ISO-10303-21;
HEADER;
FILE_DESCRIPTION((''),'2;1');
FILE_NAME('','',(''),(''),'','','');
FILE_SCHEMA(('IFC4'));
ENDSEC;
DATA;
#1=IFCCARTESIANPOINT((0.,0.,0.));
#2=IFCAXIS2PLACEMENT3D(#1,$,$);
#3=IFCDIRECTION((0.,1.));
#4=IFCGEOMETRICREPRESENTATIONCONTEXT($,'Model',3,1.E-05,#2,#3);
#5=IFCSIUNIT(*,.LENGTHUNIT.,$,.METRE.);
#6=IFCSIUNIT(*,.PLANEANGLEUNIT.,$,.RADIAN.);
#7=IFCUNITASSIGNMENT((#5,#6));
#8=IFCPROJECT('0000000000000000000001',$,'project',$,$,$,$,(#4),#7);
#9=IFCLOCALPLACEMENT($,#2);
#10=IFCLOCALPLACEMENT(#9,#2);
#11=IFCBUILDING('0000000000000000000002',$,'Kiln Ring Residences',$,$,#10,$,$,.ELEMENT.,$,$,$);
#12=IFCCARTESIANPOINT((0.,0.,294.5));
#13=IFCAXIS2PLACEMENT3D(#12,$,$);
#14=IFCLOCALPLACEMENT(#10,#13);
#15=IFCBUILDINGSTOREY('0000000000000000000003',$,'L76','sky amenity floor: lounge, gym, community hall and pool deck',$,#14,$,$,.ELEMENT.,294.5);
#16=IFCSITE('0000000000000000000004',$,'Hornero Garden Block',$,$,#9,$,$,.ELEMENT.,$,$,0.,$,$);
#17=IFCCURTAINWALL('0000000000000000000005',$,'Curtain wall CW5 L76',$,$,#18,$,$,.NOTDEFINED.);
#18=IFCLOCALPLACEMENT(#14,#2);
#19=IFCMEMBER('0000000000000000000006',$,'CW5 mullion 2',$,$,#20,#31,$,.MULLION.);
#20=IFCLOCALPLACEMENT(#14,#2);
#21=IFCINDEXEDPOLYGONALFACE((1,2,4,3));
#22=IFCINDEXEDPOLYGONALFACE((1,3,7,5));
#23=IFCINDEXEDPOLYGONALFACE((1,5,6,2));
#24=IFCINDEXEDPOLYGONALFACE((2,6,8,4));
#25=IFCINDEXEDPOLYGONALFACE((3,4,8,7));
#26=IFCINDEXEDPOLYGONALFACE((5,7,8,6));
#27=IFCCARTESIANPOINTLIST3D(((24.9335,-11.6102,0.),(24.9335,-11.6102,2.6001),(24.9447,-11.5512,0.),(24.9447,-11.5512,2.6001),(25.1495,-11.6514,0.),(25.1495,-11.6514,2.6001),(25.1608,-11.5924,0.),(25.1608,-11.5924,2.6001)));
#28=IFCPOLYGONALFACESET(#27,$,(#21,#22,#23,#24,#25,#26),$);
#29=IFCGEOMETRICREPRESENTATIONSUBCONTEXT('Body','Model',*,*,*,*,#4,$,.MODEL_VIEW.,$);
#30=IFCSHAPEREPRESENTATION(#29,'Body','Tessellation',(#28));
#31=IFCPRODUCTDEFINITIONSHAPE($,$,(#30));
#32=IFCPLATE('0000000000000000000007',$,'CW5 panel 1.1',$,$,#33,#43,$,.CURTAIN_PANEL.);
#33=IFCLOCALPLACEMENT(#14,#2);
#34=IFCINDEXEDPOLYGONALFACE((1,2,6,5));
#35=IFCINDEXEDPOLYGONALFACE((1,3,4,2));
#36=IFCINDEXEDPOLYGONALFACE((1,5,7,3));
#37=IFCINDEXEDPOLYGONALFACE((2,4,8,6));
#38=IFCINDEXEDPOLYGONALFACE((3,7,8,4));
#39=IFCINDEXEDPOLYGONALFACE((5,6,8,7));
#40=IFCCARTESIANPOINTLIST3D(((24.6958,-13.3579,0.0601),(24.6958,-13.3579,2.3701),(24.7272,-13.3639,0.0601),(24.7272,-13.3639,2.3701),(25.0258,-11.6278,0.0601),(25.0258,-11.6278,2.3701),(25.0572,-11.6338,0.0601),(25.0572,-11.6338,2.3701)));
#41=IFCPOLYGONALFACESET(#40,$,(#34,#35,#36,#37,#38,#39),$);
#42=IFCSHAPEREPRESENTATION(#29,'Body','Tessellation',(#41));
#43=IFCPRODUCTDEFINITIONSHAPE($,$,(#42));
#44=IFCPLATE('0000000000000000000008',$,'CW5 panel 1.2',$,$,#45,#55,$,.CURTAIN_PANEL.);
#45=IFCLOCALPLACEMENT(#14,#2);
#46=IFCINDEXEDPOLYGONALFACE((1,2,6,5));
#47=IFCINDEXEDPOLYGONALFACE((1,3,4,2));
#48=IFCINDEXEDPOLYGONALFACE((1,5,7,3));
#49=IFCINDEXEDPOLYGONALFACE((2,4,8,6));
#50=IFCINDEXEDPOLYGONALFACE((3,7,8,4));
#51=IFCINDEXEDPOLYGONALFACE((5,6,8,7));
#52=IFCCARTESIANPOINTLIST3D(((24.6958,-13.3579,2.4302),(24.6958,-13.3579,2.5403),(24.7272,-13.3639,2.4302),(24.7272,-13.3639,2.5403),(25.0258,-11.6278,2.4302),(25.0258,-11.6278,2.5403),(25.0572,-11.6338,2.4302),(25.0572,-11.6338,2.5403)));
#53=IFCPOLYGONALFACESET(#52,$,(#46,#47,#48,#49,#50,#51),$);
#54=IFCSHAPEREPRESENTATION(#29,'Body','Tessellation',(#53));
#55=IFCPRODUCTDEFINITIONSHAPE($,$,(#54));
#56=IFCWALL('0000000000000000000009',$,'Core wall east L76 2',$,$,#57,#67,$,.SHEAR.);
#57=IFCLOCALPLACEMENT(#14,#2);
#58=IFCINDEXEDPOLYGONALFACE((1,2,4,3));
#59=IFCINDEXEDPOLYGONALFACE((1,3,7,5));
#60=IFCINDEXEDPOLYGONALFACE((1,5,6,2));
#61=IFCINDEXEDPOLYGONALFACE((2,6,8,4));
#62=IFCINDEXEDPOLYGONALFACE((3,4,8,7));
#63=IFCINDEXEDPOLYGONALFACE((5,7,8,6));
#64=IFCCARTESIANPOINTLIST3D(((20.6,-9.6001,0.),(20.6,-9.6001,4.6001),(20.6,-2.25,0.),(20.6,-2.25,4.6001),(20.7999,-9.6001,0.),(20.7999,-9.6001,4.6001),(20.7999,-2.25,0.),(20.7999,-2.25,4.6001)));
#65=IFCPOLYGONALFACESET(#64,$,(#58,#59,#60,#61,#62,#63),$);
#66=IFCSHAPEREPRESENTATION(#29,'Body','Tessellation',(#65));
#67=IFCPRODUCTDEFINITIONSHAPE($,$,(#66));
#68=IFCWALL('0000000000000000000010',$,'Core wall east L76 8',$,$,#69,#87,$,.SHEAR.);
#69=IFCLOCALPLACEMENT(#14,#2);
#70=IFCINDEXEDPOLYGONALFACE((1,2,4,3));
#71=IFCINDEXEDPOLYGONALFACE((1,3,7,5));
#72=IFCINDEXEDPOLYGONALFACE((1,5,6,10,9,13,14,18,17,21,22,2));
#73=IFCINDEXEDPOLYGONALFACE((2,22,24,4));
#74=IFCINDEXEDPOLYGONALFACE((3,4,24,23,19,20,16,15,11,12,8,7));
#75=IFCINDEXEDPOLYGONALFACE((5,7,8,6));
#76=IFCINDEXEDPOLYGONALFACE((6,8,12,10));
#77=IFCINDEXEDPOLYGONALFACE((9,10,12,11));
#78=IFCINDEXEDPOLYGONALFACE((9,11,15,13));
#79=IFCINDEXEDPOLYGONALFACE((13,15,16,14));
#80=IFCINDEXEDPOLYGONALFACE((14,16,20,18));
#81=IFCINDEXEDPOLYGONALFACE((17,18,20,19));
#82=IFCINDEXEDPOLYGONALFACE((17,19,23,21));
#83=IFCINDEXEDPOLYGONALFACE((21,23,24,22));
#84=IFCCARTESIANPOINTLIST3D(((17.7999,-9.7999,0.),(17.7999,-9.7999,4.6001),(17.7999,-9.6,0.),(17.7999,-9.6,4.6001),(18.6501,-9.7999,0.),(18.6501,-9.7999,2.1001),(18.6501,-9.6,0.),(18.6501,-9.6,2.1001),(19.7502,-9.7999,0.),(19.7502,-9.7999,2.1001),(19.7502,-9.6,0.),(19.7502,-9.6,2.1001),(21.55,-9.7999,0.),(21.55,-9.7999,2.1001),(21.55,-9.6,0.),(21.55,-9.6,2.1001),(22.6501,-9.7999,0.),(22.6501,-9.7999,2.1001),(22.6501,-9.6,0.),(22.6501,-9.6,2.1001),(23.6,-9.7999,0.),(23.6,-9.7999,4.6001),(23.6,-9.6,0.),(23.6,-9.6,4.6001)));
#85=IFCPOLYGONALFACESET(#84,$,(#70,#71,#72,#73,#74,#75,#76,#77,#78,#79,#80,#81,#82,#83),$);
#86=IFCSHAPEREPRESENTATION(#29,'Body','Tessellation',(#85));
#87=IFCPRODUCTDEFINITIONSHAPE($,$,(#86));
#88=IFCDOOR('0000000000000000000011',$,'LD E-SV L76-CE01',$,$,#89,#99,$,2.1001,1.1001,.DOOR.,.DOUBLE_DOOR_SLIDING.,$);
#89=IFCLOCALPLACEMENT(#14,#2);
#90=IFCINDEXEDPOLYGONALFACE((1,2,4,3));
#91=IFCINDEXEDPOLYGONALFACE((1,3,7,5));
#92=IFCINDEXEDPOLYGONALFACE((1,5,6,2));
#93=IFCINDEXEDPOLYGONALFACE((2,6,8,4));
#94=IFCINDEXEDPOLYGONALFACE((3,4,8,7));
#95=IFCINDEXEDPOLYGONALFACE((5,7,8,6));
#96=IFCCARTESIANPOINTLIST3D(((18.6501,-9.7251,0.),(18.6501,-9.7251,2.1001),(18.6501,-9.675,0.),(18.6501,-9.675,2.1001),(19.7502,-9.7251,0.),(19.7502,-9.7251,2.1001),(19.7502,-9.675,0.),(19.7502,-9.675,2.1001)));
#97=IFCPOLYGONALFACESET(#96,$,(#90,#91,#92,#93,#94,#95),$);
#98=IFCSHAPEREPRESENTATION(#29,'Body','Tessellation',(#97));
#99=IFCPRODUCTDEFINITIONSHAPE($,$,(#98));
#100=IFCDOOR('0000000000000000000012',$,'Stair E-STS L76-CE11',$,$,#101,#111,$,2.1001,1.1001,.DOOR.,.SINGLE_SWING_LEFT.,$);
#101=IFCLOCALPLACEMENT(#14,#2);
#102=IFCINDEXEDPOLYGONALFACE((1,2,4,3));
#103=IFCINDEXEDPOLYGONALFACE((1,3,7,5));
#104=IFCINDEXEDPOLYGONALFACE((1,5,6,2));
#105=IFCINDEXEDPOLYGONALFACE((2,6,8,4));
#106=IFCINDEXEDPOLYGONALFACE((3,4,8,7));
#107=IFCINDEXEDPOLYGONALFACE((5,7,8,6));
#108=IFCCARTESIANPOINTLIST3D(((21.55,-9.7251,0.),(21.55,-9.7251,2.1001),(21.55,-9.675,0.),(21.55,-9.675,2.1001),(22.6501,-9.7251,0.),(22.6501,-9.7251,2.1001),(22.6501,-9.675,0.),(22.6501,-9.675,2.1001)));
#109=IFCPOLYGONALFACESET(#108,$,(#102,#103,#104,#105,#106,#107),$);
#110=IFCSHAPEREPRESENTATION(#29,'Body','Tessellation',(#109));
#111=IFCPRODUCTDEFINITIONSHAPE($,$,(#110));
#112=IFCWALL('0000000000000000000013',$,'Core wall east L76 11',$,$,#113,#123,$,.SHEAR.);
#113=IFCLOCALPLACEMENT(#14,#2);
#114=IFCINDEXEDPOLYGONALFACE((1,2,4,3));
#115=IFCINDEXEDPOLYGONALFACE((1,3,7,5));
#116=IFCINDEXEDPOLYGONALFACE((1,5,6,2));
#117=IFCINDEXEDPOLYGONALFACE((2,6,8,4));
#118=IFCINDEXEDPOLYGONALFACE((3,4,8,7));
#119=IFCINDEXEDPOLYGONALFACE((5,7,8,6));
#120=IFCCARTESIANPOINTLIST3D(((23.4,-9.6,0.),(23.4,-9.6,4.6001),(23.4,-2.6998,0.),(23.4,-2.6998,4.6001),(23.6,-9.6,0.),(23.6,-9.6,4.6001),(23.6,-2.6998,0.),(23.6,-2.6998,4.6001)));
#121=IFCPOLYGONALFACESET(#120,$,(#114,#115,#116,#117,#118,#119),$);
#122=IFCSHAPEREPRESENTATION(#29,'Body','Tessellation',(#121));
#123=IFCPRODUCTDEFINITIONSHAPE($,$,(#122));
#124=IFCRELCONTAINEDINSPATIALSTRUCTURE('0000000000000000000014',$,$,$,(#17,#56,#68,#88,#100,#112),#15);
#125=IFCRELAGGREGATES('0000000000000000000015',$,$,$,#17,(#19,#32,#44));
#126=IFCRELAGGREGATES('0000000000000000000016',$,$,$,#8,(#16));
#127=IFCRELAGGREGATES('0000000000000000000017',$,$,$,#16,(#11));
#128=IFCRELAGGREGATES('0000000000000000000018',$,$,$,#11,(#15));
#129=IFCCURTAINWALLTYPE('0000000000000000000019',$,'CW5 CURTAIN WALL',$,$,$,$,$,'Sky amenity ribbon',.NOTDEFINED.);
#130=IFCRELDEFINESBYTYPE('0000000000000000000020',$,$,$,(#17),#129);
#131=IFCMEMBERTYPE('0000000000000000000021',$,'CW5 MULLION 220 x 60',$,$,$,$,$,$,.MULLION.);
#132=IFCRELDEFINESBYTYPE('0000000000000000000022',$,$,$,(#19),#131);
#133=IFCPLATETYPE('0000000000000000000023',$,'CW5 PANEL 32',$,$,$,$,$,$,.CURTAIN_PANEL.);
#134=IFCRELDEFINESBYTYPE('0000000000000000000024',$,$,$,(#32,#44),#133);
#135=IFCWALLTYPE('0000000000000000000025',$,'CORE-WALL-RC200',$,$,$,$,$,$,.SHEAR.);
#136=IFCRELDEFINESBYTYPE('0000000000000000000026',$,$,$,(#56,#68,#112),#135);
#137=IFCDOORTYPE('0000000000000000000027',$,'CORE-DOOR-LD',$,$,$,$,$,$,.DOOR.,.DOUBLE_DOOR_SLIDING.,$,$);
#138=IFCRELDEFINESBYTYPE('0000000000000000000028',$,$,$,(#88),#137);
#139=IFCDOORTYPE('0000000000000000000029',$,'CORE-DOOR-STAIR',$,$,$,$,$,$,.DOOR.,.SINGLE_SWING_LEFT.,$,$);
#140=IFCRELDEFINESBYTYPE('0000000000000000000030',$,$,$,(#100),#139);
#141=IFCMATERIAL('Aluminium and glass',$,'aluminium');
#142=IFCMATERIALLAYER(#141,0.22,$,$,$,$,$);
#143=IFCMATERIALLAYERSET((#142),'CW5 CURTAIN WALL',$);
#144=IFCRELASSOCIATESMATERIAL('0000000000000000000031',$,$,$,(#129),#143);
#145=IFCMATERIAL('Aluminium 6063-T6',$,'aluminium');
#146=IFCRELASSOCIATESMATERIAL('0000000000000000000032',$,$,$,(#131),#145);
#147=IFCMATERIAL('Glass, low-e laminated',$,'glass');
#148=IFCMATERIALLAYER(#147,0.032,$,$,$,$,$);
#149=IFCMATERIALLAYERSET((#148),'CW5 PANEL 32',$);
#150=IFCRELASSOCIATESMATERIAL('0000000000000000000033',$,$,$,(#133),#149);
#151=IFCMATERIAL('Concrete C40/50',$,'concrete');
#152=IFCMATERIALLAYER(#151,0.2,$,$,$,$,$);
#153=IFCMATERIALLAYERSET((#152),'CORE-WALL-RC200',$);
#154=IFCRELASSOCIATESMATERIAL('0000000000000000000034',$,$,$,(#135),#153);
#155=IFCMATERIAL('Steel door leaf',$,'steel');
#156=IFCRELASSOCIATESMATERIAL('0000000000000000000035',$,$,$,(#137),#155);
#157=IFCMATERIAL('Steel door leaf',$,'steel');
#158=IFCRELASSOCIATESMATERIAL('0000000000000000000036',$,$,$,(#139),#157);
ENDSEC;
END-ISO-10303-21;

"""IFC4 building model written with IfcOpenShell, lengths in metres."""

from ifc_helpers import new_model, si_unit, direction, frame, frame_2d, origin, origin_2d, place, context, subcontext, project, spatial, rectangle, extrude, material, layer, layer_set, material_profile, profile_set, type_object, element, fill, aggregate, save


model = new_model("IFC4")

# Units and contexts
model_context = context("Model", 3, precision=1e-05, world=origin(), true_north=direction((0.0, 1.0)))
body_context = subcontext(model_context, "Body", "Model", "MODEL_VIEW")
ifc_project = project(units=[si_unit("LENGTHUNIT", "METRE"), si_unit("PLANEANGLEUNIT", "RADIAN")], contexts=[model_context])

# Site, building, storey
site_placement = place(None, origin())
site = spatial("IfcSite", under=ifc_project, at=site_placement, Name="Hornero Garden Block", CompositionType="ELEMENT", RefElevation=0.0)
building_placement = place(site_placement, origin())
building = spatial("IfcBuilding", under=site, at=building_placement, Name="Kiln Ring Residences", CompositionType="ELEMENT")
storey_placement = place(building_placement, frame((0.0, 0.0, 294.5)))
storey = spatial("IfcBuildingStorey", under=building, at=storey_placement, Name="L76", Description="sky amenity floor: lounge, gym, community hall and pool deck", CompositionType="ELEMENT", Elevation=294.5)

# Curtain wall, member, plates
ifc_material_1 = material(Name="Aluminium and glass", Category="aluminium")
ifc_layer_1 = layer(ifc_material_1, 0.22)
ifc_layer_set_1 = layer_set([ifc_layer_1], Name="CW5 CURTAIN WALL")
curtain_wall_type = type_object("IfcCurtainWallType", Name="CW5 CURTAIN WALL", ElementType="Sky amenity ribbon", PredefinedType="NOTDEFINED", material=ifc_layer_set_1)
placement = place(storey_placement, origin())
curtain_wall = element("IfcCurtainWall", 1, at=placement, inside=storey, type_object=curtain_wall_type, Name="Curtain wall CW5 L76", PredefinedType="NOTDEFINED")
ifc_material_2 = material(Name="Aluminium 6063-T6", Category="aluminium")
ifc_material_profile = material_profile(ifc_material_2, rectangle(XDim=0.22, YDim=0.0601, at=origin_2d()), Name="AL 220x60")
ifc_profile_set = profile_set([ifc_material_profile], Name="Aluminium 6063-T6")
member_type = type_object("IfcMemberType", Name="CW5 MULLION 220 x 60", PredefinedType="MULLION", material=ifc_profile_set)
member_placement = place(storey_placement, frame((25.0471, -11.6013, 0.0), z_axis=(0.0, 0.0, 1.0), x_axis=(-0.98229, 0.187366, 0.0)))
member = element("IfcMember", 2, at=member_placement, type_object=member_type, Name="CW5 mullion 2", PredefinedType="MULLION", context=body_context, shape_type="SweptSolid", body=[
    extrude(rectangle(XDim=0.22, YDim=0.0601, at=origin_2d()), origin(), (0.0, 0.0, 1.0), 2.6001),
])
ifc_material_3 = material(Name="Glass, low-e laminated", Category="glass")
ifc_layer_2 = layer(ifc_material_3, 0.032)
ifc_layer_set_2 = layer_set([ifc_layer_2], Name="CW5 PANEL 32")
plate_type = type_object("IfcPlateType", Name="CW5 PANEL 32", PredefinedType="CURTAIN_PANEL", material=ifc_layer_set_2)
plate_1_placement = place(storey_placement, frame((24.8765, -12.4958, 0.0601), z_axis=(0.0, 0.0, 1.0), x_axis=(0.187366, 0.98229, 0.0)))
plate_1 = element("IfcPlate", 3, at=plate_1_placement, type_object=plate_type, Name="CW5 panel 1.1", PredefinedType="CURTAIN_PANEL", context=body_context, shape_type="SweptSolid", body=[
    extrude(rectangle(XDim=1.7612, YDim=0.032, at=origin_2d()), origin(), (0.0, 0.0, 1.0), 2.3101),
])
plate_2_placement = place(storey_placement, frame((24.8765, -12.4958, 2.4302), z_axis=(0.0, 0.0, 1.0), x_axis=(0.187366, 0.98229, 0.0)))
plate_2 = element("IfcPlate", 4, at=plate_2_placement, type_object=plate_type, Name="CW5 panel 1.2", PredefinedType="CURTAIN_PANEL", context=body_context, shape_type="SweptSolid", body=[
    extrude(rectangle(XDim=1.7612, YDim=0.032, at=origin_2d()), origin(), (0.0, 0.0, 1.0), 0.1101),
])
aggregate(curtain_wall, [member, plate_1, plate_2])

# Wall
ifc_material_4 = material(Name="Concrete C40/50", Category="concrete")
ifc_layer_3 = layer(ifc_material_4, 0.2)
ifc_layer_set_3 = layer_set([ifc_layer_3], Name="CORE-WALL-RC200")
wall_type_1 = type_object("IfcWallType", Name="CORE-WALL-RC200", PredefinedType="SHEAR", material=ifc_layer_set_3)
wall_1_placement = place(storey_placement, frame((20.7, -9.6001, 0.0), z_axis=(0.0, 0.0, 1.0), x_axis=(0.0, 1.0, 0.0)))
element("IfcWall", 5, at=wall_1_placement, inside=storey, type_object=wall_type_1, Name="Core wall east L76 2", PredefinedType="SHEAR", context=body_context, shape_type="SweptSolid", body=[
    extrude(rectangle(XDim=7.3501, YDim=0.2, at=frame_2d((3.675, 0.0))), origin(), (0.0, 0.0, 1.0), 4.6001),
])

# Wall, openings, doors
wall_2_placement = place(storey_placement, frame((17.8, -9.7, 0.0), z_axis=(0.0, 0.0, 1.0), x_axis=(1.0, 0.0, 0.0)))
wall_2 = element("IfcWall", 6, at=wall_2_placement, inside=storey, type_object=wall_type_1, Name="Core wall east L76 8", PredefinedType="SHEAR", context=body_context, shape_type="SweptSolid", body=[
    extrude(rectangle(XDim=5.8, YDim=0.2, at=frame_2d((2.8999, 0.0))), origin(), (0.0, 0.0, 1.0), 4.6001),
])
opening_1_placement = place(wall_2_placement, frame((0.8501, 0.0, 0.0)))
opening_1 = element("IfcOpeningElement", 7, at=opening_1_placement, cuts=wall_2, PredefinedType="OPENING", context=body_context, shape_type="SweptSolid", body=[
    extrude(rectangle(XDim=1.1001, YDim=2.1001, at=frame_2d((0.55, 1.05))), frame((0.0, 0.1099, 0.0), z_axis=(0.0, -1.0, 0.0), x_axis=(1.0, 0.0, 0.0)), (0.0, 0.0, 1.0), 0.22),
])
opening_2_placement = place(wall_2_placement, frame((3.75, 0.0, 0.0)))
opening_2 = element("IfcOpeningElement", 8, at=opening_2_placement, cuts=wall_2, PredefinedType="OPENING", context=body_context, shape_type="SweptSolid", body=[
    extrude(rectangle(XDim=1.1001, YDim=2.1001, at=frame_2d((0.55, 1.05))), frame((0.0, 0.1099, 0.0), z_axis=(0.0, -1.0, 0.0), x_axis=(1.0, 0.0, 0.0)), (0.0, 0.0, 1.0), 0.22),
])
ifc_material_5 = material(Name="Steel door leaf", Category="steel")
door_type_1 = type_object("IfcDoorType", Name="CORE-DOOR-LD", OperationType="DOUBLE_DOOR_SLIDING", PredefinedType="DOOR", material=ifc_material_5)
door_1_placement = place(opening_1_placement, origin())
door_1 = element("IfcDoor", 9, at=door_1_placement, inside=storey, type_object=door_type_1, Name="LD E-SV L76-CE01", OperationType="DOUBLE_DOOR_SLIDING", OverallHeight=2.1001, OverallWidth=1.1001, PredefinedType="DOOR", context=body_context, shape_type="SweptSolid", body=[
    extrude(rectangle(XDim=1.1001, YDim=2.1001, at=frame_2d((0.55, 1.05))), frame((0.0, 0.0249, 0.0), z_axis=(0.0, -1.0, 0.0), x_axis=(1.0, 0.0, 0.0)), (0.0, 0.0, 1.0), 0.05),
])
fill(opening_1, door_1)
ifc_material_6 = material(Name="Steel door leaf", Category="steel")
door_type_2 = type_object("IfcDoorType", Name="CORE-DOOR-STAIR", OperationType="SINGLE_SWING_LEFT", PredefinedType="DOOR", material=ifc_material_6)
door_2_placement = place(opening_2_placement, origin())
door_2 = element("IfcDoor", 10, at=door_2_placement, inside=storey, type_object=door_type_2, Name="Stair E-STS L76-CE11", OperationType="SINGLE_SWING_LEFT", OverallHeight=2.1001, OverallWidth=1.1001, PredefinedType="DOOR", context=body_context, shape_type="SweptSolid", body=[
    extrude(rectangle(XDim=1.1001, YDim=2.1001, at=frame_2d((0.55, 1.05))), frame((0.0, 0.0249, 0.0), z_axis=(0.0, -1.0, 0.0), x_axis=(1.0, 0.0, 0.0)), (0.0, 0.0, 1.0), 0.05),
])
fill(opening_2, door_2)

# Wall
wall_3_placement = place(storey_placement, frame((23.5, -9.6001, 0.0), z_axis=(0.0, 0.0, 1.0), x_axis=(0.0, 1.0, 0.0)))
element("IfcWall", 11, at=wall_3_placement, inside=storey, type_object=wall_type_1, Name="Core wall east L76 11", PredefinedType="SHEAR", context=body_context, shape_type="SweptSolid", body=[
    extrude(rectangle(XDim=6.9001, YDim=0.2, at=frame_2d((3.4502, 0.0))), origin(), (0.0, 0.0, 1.0), 4.6001),
])

save(model, "model.ifc")
